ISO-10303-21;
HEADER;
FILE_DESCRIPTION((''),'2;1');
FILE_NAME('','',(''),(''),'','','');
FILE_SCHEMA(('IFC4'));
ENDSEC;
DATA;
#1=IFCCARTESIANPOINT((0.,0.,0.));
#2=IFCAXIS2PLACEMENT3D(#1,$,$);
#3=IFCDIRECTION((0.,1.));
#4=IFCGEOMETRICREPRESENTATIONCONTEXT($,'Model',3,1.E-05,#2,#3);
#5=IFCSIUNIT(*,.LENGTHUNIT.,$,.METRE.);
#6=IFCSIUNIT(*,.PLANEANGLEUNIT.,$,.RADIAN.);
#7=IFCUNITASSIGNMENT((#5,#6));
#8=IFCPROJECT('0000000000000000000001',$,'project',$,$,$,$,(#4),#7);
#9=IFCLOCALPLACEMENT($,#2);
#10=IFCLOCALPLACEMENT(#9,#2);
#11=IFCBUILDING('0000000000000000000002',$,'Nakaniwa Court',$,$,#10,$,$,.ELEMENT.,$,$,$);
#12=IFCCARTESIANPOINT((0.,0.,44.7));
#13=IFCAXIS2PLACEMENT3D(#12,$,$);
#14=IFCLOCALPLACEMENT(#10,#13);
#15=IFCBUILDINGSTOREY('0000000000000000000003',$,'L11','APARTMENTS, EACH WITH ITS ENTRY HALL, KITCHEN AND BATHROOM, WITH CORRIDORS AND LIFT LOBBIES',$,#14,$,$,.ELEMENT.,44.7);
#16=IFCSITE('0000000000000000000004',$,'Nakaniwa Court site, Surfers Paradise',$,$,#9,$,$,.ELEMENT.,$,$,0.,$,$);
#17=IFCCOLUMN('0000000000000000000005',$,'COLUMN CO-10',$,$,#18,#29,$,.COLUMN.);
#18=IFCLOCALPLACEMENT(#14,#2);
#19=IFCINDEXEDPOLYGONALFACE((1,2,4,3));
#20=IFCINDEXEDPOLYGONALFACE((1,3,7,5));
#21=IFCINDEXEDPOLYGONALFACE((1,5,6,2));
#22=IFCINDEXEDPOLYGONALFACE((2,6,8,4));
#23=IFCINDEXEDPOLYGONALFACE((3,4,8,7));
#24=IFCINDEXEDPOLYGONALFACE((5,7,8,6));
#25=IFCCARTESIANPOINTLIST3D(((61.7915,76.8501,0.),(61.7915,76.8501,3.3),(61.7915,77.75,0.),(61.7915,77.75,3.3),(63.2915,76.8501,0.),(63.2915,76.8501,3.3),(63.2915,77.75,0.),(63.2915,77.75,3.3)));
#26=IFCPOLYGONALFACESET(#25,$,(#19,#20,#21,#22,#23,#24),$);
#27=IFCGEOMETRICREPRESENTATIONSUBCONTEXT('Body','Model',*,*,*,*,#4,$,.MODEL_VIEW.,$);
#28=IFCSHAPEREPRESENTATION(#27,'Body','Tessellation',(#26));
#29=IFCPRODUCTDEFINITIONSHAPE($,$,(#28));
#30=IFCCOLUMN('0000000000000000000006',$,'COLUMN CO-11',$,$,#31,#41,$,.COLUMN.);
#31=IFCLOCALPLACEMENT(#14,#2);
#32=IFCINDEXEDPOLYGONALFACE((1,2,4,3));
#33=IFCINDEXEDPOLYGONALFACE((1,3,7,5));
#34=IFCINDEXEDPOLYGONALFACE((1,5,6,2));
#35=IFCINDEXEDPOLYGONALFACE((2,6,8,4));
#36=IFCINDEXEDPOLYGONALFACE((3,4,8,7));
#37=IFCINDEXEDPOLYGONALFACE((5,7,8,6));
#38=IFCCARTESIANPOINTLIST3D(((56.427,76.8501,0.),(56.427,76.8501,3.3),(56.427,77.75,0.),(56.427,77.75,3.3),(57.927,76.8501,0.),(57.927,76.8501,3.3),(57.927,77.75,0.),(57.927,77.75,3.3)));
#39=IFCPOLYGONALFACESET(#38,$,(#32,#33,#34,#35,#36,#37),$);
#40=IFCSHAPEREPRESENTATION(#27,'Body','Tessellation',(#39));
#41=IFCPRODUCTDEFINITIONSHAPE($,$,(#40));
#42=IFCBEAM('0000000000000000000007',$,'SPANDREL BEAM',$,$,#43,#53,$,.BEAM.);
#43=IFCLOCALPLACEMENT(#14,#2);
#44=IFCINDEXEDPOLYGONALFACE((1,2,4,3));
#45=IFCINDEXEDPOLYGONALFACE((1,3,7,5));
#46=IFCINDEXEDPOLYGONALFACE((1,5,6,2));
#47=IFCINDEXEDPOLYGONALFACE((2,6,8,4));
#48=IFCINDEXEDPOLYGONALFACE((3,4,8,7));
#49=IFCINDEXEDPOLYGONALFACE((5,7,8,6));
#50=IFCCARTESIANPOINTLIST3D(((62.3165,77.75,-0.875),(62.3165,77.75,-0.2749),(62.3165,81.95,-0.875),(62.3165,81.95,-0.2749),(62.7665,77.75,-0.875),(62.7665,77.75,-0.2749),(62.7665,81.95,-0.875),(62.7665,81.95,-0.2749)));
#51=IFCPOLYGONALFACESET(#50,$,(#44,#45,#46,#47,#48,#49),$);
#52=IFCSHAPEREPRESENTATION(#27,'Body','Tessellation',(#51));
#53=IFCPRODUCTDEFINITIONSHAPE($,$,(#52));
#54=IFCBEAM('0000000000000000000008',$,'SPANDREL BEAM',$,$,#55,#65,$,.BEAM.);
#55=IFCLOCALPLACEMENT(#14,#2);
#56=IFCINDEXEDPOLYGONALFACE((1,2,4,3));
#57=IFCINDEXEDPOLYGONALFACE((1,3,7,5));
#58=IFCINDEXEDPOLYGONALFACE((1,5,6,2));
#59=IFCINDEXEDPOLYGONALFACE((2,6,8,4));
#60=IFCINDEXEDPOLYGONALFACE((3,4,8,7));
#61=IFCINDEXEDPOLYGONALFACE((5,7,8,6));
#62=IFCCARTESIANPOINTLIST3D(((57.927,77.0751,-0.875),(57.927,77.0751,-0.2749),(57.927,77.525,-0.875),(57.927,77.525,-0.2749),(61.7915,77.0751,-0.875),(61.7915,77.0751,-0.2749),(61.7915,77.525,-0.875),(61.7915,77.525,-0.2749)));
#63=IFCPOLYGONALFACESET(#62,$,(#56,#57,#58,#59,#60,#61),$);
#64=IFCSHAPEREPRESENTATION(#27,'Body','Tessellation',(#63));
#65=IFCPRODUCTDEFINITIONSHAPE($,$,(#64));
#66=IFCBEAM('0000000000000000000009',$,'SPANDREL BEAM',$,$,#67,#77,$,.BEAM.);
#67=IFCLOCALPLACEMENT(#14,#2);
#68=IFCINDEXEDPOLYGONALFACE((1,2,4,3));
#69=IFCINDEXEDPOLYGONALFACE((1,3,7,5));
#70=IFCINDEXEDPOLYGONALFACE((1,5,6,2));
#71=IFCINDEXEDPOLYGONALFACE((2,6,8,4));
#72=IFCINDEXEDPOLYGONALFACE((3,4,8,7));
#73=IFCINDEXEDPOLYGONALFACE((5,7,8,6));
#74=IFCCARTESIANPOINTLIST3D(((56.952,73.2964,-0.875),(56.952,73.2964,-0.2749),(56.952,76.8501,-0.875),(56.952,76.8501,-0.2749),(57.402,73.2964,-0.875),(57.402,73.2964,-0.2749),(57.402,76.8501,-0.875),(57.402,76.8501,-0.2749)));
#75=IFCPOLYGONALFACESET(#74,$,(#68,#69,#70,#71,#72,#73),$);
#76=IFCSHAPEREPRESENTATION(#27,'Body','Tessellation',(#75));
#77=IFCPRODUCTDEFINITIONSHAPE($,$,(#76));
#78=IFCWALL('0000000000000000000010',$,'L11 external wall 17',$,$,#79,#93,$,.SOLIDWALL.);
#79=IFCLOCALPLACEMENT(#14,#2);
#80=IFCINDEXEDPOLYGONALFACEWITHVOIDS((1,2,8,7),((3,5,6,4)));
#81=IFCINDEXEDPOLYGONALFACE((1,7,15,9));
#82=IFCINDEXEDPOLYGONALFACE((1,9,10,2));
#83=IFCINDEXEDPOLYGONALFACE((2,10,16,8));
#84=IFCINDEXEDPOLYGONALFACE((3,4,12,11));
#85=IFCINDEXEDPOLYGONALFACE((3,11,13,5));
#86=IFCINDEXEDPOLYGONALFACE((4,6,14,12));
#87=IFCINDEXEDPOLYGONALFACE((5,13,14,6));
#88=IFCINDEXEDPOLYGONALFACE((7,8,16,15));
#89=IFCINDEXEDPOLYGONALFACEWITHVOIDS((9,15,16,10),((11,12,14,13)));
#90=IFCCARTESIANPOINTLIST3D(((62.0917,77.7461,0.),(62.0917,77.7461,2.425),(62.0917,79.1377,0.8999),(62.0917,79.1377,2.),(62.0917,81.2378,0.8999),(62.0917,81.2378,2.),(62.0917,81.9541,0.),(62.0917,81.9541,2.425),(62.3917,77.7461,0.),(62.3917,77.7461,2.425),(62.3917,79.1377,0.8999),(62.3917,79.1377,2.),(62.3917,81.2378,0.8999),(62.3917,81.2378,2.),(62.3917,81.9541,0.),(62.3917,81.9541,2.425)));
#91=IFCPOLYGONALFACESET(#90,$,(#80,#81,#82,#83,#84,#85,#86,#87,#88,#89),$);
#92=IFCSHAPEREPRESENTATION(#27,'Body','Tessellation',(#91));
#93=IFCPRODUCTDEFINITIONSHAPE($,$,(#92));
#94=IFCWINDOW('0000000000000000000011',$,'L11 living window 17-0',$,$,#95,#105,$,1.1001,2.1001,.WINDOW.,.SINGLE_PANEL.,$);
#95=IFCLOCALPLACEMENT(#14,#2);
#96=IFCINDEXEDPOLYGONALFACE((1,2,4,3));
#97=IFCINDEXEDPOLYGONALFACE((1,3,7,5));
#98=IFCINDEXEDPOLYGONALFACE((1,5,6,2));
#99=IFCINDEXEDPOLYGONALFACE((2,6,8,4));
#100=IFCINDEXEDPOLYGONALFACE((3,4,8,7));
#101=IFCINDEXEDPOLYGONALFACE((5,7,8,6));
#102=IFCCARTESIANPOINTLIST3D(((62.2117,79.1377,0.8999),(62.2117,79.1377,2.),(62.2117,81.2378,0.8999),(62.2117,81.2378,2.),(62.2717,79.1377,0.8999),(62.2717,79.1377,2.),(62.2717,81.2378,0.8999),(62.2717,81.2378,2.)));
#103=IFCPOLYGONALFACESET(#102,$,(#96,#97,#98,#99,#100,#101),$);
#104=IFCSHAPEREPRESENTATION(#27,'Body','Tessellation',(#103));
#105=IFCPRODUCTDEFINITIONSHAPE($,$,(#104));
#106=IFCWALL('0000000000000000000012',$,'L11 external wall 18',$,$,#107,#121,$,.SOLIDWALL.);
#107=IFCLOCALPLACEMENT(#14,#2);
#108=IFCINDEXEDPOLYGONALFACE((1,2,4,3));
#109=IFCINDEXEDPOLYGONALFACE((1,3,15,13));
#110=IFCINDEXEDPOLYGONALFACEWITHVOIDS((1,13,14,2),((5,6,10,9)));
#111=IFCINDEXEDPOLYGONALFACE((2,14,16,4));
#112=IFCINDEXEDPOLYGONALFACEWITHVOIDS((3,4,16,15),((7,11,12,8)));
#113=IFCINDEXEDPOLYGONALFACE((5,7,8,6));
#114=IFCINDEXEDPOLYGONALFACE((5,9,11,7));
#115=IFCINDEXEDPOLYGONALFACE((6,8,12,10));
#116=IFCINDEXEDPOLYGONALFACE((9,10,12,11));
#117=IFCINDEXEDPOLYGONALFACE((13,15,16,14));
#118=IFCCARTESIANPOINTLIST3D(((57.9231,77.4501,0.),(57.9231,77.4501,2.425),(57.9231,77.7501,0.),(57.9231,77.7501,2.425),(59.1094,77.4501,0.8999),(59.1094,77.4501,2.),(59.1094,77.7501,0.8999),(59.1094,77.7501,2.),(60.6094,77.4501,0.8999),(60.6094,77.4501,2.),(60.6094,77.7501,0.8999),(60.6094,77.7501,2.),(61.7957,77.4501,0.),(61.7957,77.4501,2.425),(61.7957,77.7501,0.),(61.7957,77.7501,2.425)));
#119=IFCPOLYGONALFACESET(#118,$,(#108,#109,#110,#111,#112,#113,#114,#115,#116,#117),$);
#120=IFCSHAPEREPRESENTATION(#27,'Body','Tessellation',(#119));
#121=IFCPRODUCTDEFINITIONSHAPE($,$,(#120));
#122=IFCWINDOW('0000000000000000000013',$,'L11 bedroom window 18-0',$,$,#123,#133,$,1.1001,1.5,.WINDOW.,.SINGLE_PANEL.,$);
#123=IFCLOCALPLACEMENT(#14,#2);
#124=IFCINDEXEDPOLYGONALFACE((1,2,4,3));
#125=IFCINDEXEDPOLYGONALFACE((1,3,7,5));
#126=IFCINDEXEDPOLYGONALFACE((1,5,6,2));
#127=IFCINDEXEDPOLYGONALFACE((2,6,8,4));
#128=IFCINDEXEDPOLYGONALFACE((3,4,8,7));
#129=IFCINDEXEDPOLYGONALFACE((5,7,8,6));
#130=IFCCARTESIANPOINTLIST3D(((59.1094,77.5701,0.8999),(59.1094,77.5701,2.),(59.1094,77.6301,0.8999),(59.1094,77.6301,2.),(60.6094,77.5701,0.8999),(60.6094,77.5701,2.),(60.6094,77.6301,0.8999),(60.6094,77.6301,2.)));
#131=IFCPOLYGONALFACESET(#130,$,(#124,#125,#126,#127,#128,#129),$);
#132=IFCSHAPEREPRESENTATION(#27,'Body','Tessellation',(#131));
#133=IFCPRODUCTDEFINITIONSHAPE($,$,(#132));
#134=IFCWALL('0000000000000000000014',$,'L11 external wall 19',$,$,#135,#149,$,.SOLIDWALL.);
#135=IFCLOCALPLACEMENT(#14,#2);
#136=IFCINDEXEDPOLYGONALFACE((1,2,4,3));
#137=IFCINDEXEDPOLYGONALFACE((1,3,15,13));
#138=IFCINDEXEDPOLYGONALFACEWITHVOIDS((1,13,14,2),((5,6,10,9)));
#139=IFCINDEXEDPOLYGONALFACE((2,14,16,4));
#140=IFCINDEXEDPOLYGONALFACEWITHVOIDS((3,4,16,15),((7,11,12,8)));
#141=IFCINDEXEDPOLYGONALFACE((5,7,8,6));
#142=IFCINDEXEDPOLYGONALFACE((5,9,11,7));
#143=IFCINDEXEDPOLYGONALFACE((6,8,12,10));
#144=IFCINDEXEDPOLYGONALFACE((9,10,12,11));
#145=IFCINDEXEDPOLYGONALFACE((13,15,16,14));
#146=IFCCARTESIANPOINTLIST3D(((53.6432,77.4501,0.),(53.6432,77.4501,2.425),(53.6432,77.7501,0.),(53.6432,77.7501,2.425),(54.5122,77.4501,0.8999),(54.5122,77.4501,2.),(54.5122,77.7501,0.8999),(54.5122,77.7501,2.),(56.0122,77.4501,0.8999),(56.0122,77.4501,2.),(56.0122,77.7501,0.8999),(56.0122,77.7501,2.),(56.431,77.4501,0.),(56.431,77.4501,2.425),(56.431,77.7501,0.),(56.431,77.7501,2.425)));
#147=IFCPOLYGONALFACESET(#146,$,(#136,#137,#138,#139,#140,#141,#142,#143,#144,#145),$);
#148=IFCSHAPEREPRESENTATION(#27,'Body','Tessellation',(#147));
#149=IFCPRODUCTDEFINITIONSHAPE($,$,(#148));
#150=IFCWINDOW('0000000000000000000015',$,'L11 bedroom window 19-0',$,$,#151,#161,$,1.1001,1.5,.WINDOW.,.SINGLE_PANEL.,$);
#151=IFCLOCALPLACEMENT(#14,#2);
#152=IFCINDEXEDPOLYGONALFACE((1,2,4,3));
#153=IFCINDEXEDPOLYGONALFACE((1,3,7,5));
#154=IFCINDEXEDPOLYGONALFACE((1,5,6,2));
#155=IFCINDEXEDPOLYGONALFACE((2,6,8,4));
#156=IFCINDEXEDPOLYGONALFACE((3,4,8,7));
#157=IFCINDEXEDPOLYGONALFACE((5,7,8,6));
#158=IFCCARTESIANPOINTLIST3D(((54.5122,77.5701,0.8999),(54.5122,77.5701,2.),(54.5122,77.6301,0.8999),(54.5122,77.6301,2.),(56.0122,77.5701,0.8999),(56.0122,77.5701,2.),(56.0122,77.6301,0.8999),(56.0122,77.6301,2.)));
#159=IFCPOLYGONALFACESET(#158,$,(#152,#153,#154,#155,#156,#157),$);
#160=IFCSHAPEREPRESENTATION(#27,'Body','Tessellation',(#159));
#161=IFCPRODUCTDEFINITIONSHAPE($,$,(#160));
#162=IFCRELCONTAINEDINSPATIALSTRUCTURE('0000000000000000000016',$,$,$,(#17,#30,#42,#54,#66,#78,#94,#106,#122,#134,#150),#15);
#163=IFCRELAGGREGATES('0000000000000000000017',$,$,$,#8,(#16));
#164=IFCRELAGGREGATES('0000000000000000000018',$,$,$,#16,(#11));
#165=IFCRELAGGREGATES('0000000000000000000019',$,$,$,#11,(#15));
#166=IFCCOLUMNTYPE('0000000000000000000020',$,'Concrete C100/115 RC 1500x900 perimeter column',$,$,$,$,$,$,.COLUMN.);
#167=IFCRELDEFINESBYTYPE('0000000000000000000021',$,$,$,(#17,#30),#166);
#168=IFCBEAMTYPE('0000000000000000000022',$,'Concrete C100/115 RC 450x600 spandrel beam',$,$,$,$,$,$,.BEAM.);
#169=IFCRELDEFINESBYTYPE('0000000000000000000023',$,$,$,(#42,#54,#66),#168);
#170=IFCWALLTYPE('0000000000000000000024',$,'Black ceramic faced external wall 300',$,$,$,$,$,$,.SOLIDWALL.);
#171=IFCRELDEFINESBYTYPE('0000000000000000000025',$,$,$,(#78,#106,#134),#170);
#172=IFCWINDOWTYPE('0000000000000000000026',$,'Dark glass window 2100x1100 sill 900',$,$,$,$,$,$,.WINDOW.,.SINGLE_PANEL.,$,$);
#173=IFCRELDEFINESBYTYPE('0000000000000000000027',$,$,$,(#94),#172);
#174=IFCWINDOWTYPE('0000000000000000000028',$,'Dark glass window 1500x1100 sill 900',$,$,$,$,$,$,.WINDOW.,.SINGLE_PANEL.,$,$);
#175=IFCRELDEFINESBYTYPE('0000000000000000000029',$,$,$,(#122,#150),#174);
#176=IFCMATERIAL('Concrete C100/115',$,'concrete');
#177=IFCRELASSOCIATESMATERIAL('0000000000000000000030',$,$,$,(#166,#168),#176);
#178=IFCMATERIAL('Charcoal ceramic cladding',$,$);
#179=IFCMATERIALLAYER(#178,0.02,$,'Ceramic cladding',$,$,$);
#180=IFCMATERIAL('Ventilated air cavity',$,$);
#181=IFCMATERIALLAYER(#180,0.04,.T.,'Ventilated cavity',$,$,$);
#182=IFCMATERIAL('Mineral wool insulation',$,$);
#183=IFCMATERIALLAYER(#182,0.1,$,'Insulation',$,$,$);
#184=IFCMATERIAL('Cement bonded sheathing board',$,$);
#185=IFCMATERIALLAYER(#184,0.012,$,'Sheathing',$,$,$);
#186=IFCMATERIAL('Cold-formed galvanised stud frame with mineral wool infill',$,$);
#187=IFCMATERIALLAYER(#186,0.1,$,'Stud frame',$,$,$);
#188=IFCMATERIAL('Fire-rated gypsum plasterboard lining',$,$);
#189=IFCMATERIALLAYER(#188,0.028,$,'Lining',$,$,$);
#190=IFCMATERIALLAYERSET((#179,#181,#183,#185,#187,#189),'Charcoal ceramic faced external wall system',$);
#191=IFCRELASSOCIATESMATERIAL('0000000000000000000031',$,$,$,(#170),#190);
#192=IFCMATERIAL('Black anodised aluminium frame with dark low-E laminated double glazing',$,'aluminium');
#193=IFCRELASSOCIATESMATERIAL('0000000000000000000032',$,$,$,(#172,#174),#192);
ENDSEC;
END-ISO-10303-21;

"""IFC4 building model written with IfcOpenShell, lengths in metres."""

from ifc_helpers import new_model, si_unit, direction, frame, frame_2d, origin, origin_2d, place, context, subcontext, project, spatial, rectangle, extrude, material, layer, layer_set, material_profile, profile_set, type_object, element, fill, save


model = new_model("IFC4")

# Units and contexts
model_context = context("Model", 3, precision=1e-05, world=origin(), true_north=direction((0.0, 1.0)))
body_context = subcontext(model_context, "Body", "Model", "MODEL_VIEW")
ifc_project = project(units=[si_unit("LENGTHUNIT", "METRE"), si_unit("PLANEANGLEUNIT", "RADIAN")], contexts=[model_context])

# Site, building, storey
site_placement = place(None, origin())
site = spatial("IfcSite", under=ifc_project, at=site_placement, Name="Nakaniwa Court site, Surfers Paradise", CompositionType="ELEMENT", RefElevation=0.0)
building_placement = place(site_placement, origin())
building = spatial("IfcBuilding", under=site, at=building_placement, Name="Nakaniwa Court", CompositionType="ELEMENT")
storey_placement = place(building_placement, frame((0.0, 0.0, 44.7)))
storey = spatial("IfcBuildingStorey", under=building, at=storey_placement, Name="L11", Description="APARTMENTS, EACH WITH ITS ENTRY HALL, KITCHEN AND BATHROOM, WITH CORRIDORS AND LIFT LOBBIES", CompositionType="ELEMENT", Elevation=44.7)

# Columns
ifc_material_1 = material(Name="Concrete C100/115", Category="concrete")
ifc_material_profile_1 = material_profile(ifc_material_1, rectangle(XDim=1.5, YDim=0.8999, at=origin_2d()), Name="Concrete C100/115 RC 1500x900 perimeter column")
ifc_profile_set_1 = profile_set([ifc_material_profile_1], Name="Concrete C100/115")
column_type = type_object("IfcColumnType", Name="Concrete C100/115 RC 1500x900 perimeter column", PredefinedType="COLUMN", material=ifc_profile_set_1)
for number, where, z_axis, x_axis, name in (
    (1, (62.5415, 77.3, 0.0), (0.0, 0.0, 1.0), (-1.0, 0.0, 0.0), "COLUMN CO-10"),
    (2, (57.177, 77.3, 0.0), (0.0, 0.0, 1.0), (-1.0, 0.0, 0.0), "COLUMN CO-11"),
):
    element("IfcColumn", number, at=place(storey_placement, frame(where, z_axis=z_axis, x_axis=x_axis)), inside=storey, type_object=column_type, Name=name, PredefinedType="COLUMN", context=body_context, shape_type="SweptSolid", body=[
        extrude(rectangle(XDim=1.5, YDim=0.8999, at=origin_2d()), origin(), (0.0, 0.0, 1.0), 3.3),
    ])

# Beams
ifc_material_profile_2 = material_profile(ifc_material_1, rectangle(XDim=0.45, YDim=0.6001, at=origin_2d()), Name="Concrete C100/115 RC 450x600 spandrel beam")
ifc_profile_set_2 = profile_set([ifc_material_profile_2], Name="Concrete C100/115")
beam_type = type_object("IfcBeamType", Name="Concrete C100/115 RC 450x600 spandrel beam", PredefinedType="BEAM", material=ifc_profile_set_2)
beam_1_placement = place(storey_placement, frame((62.5415, 81.95, -0.575), z_axis=(0.0, -1.0, 0.0), x_axis=(1.0, 0.0, 0.0)))
element("IfcBeam", 3, at=beam_1_placement, inside=storey, type_object=beam_type, Name="SPANDREL BEAM", PredefinedType="BEAM", context=body_context, shape_type="SweptSolid", body=[
    extrude(rectangle(XDim=0.45, YDim=0.6001, at=origin_2d()), origin(), (0.0, 0.0, 1.0), 4.2),
])
beam_2_placement = place(storey_placement, frame((61.7915, 77.3, -0.575), z_axis=(-1.0, 0.0, 0.0), x_axis=(0.0, -1.0, 0.0)))
element("IfcBeam", 4, at=beam_2_placement, inside=storey, type_object=beam_type, Name="SPANDREL BEAM", PredefinedType="BEAM", context=body_context, shape_type="SweptSolid", body=[
    extrude(rectangle(XDim=0.45, YDim=0.6001, at=origin_2d()), origin(), (0.0, 0.0, 1.0), 3.8645),
])
beam_3_placement = place(storey_placement, frame((57.177, 76.8501, -0.575), z_axis=(0.0, -1.0, 0.0), x_axis=(1.0, 0.0, 0.0)))
element("IfcBeam", 5, at=beam_3_placement, inside=storey, type_object=beam_type, Name="SPANDREL BEAM", PredefinedType="BEAM", context=body_context, shape_type="SweptSolid", body=[
    extrude(rectangle(XDim=0.45, YDim=0.6001, at=origin_2d()), origin(), (0.0, 0.0, 1.0), 3.5537),
])

# Walls, openings, windows
ifc_material_2 = material(Name="Charcoal ceramic cladding")
ifc_layer_1 = layer(ifc_material_2, 0.02, Name="Ceramic cladding")
ifc_material_3 = material(Name="Ventilated air cavity")
ifc_layer_2 = layer(ifc_material_3, 0.04, ventilated=True, Name="Ventilated cavity")
ifc_material_4 = material(Name="Mineral wool insulation")
ifc_layer_3 = layer(ifc_material_4, 0.1, Name="Insulation")
ifc_material_5 = material(Name="Cement bonded sheathing board")
ifc_layer_4 = layer(ifc_material_5, 0.012, Name="Sheathing")
ifc_material_6 = material(Name="Cold-formed galvanised stud frame with mineral wool infill")
ifc_layer_5 = layer(ifc_material_6, 0.1, Name="Stud frame")
ifc_material_7 = material(Name="Fire-rated gypsum plasterboard lining")
ifc_layer_6 = layer(ifc_material_7, 0.028, Name="Lining")
ifc_layer_set_1 = layer_set([ifc_layer_1, ifc_layer_2, ifc_layer_3, ifc_layer_4, ifc_layer_5, ifc_layer_6], Name="Charcoal ceramic faced external wall system")
wall_type_1 = type_object("IfcWallType", Name="Black ceramic faced external wall 300", PredefinedType="SOLIDWALL", material=ifc_layer_set_1)
wall_1_placement = place(storey_placement, frame((62.2417, 81.9541, 0.0), z_axis=(0.0, 0.0, 1.0), x_axis=(0.0, -1.0, 0.0)))
wall_1 = element("IfcWall", 6, at=wall_1_placement, inside=storey, type_object=wall_type_1, Name="L11 external wall 17", PredefinedType="SOLIDWALL", context=body_context, shape_type="SweptSolid", body=[
    extrude(rectangle(XDim=4.208, YDim=0.3, at=frame_2d((2.104, 0.0))), origin(), (0.0, 0.0, 1.0), 2.425),
])
opening_1_placement = place(wall_1_placement, frame((0.7163, 0.0, 0.8999)))
opening_1 = element("IfcOpeningElement", 7, at=opening_1_placement, cuts=wall_1, PredefinedType="OPENING", context=body_context, shape_type="SweptSolid", body=[
    extrude(rectangle(XDim=2.1001, YDim=1.1001, at=frame_2d((1.05, 0.55))), frame((0.0, 0.1599, 0.0), z_axis=(0.0, -1.0, 0.0), x_axis=(1.0, 0.0, 0.0)), (0.0, 0.0, 1.0), 0.3201),
])
ifc_material_8 = material(Name="Black anodised aluminium frame with dark low-E laminated double glazing", Category="aluminium")
window_type_1 = type_object("IfcWindowType", Name="Dark glass window 2100x1100 sill 900", PartitioningType="SINGLE_PANEL", PredefinedType="WINDOW", material=ifc_material_8)
window_1_placement = place(opening_1_placement, origin())
window_1 = element("IfcWindow", 8, at=window_1_placement, inside=storey, type_object=window_type_1, Name="L11 living window 17-0", OverallHeight=1.1001, OverallWidth=2.1001, PartitioningType="SINGLE_PANEL", PredefinedType="WINDOW", context=body_context, shape_type="SweptSolid", body=[
    extrude(rectangle(XDim=2.1001, YDim=1.1001, at=frame_2d((1.05, 0.55))), frame((0.0, 0.03, 0.0), z_axis=(0.0, -1.0, 0.0), x_axis=(1.0, 0.0, 0.0)), (0.0, 0.0, 1.0), 0.0601),
])
fill(opening_1, window_1)
wall_2_placement = place(storey_placement, frame((61.7957, 77.6001, 0.0), z_axis=(0.0, 0.0, 1.0), x_axis=(-1.0, 0.0, 0.0)))
wall_2 = element("IfcWall", 9, at=wall_2_placement, inside=storey, type_object=wall_type_1, Name="L11 external wall 18", PredefinedType="SOLIDWALL", context=body_context, shape_type="SweptSolid", body=[
    extrude(rectangle(XDim=3.8726, YDim=0.3, at=frame_2d((1.9363, 0.0))), origin(), (0.0, 0.0, 1.0), 2.425),
])
opening_2_placement = place(wall_2_placement, frame((1.1863, 0.0, 0.8999)))
opening_2 = element("IfcOpeningElement", 10, at=opening_2_placement, cuts=wall_2, PredefinedType="OPENING", context=body_context, shape_type="SweptSolid", body=[
    extrude(rectangle(XDim=1.5, YDim=1.1001, at=frame_2d((0.75, 0.55))), frame((0.0, 0.1599, 0.0), z_axis=(0.0, -1.0, 0.0), x_axis=(1.0, 0.0, 0.0)), (0.0, 0.0, 1.0), 0.3201),
])
window_type_2 = type_object("IfcWindowType", Name="Dark glass window 1500x1100 sill 900", PartitioningType="SINGLE_PANEL", PredefinedType="WINDOW", material=ifc_material_8)
window_2_placement = place(opening_2_placement, origin())
window_2 = element("IfcWindow", 11, at=window_2_placement, inside=storey, type_object=window_type_2, Name="L11 bedroom window 18-0", OverallHeight=1.1001, OverallWidth=1.5, PartitioningType="SINGLE_PANEL", PredefinedType="WINDOW", context=body_context, shape_type="SweptSolid", body=[
    extrude(rectangle(XDim=1.5, YDim=1.1001, at=frame_2d((0.75, 0.55))), frame((0.0, 0.03, 0.0), z_axis=(0.0, -1.0, 0.0), x_axis=(1.0, 0.0, 0.0)), (0.0, 0.0, 1.0), 0.0601),
])
fill(opening_2, window_2)
wall_3_placement = place(storey_placement, frame((56.4312, 77.6001, 0.0), z_axis=(0.0, 0.0, 1.0), x_axis=(-1.0, 0.0, 0.0)))
wall_3 = element("IfcWall", 12, at=wall_3_placement, inside=storey, type_object=wall_type_1, Name="L11 external wall 19", PredefinedType="SOLIDWALL", context=body_context, shape_type="SweptSolid", body=[
    extrude(rectangle(XDim=2.7878, YDim=0.3, at=frame_2d((1.394, 0.0))), origin(), (0.0, 0.0, 1.0), 2.425),
])
opening_3_placement = place(wall_3_placement, frame((0.4189, 0.0, 0.8999)))
opening_3 = element("IfcOpeningElement", 13, at=opening_3_placement, cuts=wall_3, PredefinedType="OPENING", context=body_context, shape_type="SweptSolid", body=[
    extrude(rectangle(XDim=1.5, YDim=1.1001, at=frame_2d((0.75, 0.55))), frame((0.0, 0.1599, 0.0), z_axis=(0.0, -1.0, 0.0), x_axis=(1.0, 0.0, 0.0)), (0.0, 0.0, 1.0), 0.3201),
])
window_3_placement = place(opening_3_placement, origin())
window_3 = element("IfcWindow", 14, at=window_3_placement, inside=storey, type_object=window_type_2, Name="L11 bedroom window 19-0", OverallHeight=1.1001, OverallWidth=1.5, PartitioningType="SINGLE_PANEL", PredefinedType="WINDOW", context=body_context, shape_type="SweptSolid", body=[
    extrude(rectangle(XDim=1.5, YDim=1.1001, at=frame_2d((0.75, 0.55))), frame((0.0, 0.03, 0.0), z_axis=(0.0, -1.0, 0.0), x_axis=(1.0, 0.0, 0.0)), (0.0, 0.0, 1.0), 0.0601),
])
fill(opening_3, window_3)

save(model, "model.ifc")
